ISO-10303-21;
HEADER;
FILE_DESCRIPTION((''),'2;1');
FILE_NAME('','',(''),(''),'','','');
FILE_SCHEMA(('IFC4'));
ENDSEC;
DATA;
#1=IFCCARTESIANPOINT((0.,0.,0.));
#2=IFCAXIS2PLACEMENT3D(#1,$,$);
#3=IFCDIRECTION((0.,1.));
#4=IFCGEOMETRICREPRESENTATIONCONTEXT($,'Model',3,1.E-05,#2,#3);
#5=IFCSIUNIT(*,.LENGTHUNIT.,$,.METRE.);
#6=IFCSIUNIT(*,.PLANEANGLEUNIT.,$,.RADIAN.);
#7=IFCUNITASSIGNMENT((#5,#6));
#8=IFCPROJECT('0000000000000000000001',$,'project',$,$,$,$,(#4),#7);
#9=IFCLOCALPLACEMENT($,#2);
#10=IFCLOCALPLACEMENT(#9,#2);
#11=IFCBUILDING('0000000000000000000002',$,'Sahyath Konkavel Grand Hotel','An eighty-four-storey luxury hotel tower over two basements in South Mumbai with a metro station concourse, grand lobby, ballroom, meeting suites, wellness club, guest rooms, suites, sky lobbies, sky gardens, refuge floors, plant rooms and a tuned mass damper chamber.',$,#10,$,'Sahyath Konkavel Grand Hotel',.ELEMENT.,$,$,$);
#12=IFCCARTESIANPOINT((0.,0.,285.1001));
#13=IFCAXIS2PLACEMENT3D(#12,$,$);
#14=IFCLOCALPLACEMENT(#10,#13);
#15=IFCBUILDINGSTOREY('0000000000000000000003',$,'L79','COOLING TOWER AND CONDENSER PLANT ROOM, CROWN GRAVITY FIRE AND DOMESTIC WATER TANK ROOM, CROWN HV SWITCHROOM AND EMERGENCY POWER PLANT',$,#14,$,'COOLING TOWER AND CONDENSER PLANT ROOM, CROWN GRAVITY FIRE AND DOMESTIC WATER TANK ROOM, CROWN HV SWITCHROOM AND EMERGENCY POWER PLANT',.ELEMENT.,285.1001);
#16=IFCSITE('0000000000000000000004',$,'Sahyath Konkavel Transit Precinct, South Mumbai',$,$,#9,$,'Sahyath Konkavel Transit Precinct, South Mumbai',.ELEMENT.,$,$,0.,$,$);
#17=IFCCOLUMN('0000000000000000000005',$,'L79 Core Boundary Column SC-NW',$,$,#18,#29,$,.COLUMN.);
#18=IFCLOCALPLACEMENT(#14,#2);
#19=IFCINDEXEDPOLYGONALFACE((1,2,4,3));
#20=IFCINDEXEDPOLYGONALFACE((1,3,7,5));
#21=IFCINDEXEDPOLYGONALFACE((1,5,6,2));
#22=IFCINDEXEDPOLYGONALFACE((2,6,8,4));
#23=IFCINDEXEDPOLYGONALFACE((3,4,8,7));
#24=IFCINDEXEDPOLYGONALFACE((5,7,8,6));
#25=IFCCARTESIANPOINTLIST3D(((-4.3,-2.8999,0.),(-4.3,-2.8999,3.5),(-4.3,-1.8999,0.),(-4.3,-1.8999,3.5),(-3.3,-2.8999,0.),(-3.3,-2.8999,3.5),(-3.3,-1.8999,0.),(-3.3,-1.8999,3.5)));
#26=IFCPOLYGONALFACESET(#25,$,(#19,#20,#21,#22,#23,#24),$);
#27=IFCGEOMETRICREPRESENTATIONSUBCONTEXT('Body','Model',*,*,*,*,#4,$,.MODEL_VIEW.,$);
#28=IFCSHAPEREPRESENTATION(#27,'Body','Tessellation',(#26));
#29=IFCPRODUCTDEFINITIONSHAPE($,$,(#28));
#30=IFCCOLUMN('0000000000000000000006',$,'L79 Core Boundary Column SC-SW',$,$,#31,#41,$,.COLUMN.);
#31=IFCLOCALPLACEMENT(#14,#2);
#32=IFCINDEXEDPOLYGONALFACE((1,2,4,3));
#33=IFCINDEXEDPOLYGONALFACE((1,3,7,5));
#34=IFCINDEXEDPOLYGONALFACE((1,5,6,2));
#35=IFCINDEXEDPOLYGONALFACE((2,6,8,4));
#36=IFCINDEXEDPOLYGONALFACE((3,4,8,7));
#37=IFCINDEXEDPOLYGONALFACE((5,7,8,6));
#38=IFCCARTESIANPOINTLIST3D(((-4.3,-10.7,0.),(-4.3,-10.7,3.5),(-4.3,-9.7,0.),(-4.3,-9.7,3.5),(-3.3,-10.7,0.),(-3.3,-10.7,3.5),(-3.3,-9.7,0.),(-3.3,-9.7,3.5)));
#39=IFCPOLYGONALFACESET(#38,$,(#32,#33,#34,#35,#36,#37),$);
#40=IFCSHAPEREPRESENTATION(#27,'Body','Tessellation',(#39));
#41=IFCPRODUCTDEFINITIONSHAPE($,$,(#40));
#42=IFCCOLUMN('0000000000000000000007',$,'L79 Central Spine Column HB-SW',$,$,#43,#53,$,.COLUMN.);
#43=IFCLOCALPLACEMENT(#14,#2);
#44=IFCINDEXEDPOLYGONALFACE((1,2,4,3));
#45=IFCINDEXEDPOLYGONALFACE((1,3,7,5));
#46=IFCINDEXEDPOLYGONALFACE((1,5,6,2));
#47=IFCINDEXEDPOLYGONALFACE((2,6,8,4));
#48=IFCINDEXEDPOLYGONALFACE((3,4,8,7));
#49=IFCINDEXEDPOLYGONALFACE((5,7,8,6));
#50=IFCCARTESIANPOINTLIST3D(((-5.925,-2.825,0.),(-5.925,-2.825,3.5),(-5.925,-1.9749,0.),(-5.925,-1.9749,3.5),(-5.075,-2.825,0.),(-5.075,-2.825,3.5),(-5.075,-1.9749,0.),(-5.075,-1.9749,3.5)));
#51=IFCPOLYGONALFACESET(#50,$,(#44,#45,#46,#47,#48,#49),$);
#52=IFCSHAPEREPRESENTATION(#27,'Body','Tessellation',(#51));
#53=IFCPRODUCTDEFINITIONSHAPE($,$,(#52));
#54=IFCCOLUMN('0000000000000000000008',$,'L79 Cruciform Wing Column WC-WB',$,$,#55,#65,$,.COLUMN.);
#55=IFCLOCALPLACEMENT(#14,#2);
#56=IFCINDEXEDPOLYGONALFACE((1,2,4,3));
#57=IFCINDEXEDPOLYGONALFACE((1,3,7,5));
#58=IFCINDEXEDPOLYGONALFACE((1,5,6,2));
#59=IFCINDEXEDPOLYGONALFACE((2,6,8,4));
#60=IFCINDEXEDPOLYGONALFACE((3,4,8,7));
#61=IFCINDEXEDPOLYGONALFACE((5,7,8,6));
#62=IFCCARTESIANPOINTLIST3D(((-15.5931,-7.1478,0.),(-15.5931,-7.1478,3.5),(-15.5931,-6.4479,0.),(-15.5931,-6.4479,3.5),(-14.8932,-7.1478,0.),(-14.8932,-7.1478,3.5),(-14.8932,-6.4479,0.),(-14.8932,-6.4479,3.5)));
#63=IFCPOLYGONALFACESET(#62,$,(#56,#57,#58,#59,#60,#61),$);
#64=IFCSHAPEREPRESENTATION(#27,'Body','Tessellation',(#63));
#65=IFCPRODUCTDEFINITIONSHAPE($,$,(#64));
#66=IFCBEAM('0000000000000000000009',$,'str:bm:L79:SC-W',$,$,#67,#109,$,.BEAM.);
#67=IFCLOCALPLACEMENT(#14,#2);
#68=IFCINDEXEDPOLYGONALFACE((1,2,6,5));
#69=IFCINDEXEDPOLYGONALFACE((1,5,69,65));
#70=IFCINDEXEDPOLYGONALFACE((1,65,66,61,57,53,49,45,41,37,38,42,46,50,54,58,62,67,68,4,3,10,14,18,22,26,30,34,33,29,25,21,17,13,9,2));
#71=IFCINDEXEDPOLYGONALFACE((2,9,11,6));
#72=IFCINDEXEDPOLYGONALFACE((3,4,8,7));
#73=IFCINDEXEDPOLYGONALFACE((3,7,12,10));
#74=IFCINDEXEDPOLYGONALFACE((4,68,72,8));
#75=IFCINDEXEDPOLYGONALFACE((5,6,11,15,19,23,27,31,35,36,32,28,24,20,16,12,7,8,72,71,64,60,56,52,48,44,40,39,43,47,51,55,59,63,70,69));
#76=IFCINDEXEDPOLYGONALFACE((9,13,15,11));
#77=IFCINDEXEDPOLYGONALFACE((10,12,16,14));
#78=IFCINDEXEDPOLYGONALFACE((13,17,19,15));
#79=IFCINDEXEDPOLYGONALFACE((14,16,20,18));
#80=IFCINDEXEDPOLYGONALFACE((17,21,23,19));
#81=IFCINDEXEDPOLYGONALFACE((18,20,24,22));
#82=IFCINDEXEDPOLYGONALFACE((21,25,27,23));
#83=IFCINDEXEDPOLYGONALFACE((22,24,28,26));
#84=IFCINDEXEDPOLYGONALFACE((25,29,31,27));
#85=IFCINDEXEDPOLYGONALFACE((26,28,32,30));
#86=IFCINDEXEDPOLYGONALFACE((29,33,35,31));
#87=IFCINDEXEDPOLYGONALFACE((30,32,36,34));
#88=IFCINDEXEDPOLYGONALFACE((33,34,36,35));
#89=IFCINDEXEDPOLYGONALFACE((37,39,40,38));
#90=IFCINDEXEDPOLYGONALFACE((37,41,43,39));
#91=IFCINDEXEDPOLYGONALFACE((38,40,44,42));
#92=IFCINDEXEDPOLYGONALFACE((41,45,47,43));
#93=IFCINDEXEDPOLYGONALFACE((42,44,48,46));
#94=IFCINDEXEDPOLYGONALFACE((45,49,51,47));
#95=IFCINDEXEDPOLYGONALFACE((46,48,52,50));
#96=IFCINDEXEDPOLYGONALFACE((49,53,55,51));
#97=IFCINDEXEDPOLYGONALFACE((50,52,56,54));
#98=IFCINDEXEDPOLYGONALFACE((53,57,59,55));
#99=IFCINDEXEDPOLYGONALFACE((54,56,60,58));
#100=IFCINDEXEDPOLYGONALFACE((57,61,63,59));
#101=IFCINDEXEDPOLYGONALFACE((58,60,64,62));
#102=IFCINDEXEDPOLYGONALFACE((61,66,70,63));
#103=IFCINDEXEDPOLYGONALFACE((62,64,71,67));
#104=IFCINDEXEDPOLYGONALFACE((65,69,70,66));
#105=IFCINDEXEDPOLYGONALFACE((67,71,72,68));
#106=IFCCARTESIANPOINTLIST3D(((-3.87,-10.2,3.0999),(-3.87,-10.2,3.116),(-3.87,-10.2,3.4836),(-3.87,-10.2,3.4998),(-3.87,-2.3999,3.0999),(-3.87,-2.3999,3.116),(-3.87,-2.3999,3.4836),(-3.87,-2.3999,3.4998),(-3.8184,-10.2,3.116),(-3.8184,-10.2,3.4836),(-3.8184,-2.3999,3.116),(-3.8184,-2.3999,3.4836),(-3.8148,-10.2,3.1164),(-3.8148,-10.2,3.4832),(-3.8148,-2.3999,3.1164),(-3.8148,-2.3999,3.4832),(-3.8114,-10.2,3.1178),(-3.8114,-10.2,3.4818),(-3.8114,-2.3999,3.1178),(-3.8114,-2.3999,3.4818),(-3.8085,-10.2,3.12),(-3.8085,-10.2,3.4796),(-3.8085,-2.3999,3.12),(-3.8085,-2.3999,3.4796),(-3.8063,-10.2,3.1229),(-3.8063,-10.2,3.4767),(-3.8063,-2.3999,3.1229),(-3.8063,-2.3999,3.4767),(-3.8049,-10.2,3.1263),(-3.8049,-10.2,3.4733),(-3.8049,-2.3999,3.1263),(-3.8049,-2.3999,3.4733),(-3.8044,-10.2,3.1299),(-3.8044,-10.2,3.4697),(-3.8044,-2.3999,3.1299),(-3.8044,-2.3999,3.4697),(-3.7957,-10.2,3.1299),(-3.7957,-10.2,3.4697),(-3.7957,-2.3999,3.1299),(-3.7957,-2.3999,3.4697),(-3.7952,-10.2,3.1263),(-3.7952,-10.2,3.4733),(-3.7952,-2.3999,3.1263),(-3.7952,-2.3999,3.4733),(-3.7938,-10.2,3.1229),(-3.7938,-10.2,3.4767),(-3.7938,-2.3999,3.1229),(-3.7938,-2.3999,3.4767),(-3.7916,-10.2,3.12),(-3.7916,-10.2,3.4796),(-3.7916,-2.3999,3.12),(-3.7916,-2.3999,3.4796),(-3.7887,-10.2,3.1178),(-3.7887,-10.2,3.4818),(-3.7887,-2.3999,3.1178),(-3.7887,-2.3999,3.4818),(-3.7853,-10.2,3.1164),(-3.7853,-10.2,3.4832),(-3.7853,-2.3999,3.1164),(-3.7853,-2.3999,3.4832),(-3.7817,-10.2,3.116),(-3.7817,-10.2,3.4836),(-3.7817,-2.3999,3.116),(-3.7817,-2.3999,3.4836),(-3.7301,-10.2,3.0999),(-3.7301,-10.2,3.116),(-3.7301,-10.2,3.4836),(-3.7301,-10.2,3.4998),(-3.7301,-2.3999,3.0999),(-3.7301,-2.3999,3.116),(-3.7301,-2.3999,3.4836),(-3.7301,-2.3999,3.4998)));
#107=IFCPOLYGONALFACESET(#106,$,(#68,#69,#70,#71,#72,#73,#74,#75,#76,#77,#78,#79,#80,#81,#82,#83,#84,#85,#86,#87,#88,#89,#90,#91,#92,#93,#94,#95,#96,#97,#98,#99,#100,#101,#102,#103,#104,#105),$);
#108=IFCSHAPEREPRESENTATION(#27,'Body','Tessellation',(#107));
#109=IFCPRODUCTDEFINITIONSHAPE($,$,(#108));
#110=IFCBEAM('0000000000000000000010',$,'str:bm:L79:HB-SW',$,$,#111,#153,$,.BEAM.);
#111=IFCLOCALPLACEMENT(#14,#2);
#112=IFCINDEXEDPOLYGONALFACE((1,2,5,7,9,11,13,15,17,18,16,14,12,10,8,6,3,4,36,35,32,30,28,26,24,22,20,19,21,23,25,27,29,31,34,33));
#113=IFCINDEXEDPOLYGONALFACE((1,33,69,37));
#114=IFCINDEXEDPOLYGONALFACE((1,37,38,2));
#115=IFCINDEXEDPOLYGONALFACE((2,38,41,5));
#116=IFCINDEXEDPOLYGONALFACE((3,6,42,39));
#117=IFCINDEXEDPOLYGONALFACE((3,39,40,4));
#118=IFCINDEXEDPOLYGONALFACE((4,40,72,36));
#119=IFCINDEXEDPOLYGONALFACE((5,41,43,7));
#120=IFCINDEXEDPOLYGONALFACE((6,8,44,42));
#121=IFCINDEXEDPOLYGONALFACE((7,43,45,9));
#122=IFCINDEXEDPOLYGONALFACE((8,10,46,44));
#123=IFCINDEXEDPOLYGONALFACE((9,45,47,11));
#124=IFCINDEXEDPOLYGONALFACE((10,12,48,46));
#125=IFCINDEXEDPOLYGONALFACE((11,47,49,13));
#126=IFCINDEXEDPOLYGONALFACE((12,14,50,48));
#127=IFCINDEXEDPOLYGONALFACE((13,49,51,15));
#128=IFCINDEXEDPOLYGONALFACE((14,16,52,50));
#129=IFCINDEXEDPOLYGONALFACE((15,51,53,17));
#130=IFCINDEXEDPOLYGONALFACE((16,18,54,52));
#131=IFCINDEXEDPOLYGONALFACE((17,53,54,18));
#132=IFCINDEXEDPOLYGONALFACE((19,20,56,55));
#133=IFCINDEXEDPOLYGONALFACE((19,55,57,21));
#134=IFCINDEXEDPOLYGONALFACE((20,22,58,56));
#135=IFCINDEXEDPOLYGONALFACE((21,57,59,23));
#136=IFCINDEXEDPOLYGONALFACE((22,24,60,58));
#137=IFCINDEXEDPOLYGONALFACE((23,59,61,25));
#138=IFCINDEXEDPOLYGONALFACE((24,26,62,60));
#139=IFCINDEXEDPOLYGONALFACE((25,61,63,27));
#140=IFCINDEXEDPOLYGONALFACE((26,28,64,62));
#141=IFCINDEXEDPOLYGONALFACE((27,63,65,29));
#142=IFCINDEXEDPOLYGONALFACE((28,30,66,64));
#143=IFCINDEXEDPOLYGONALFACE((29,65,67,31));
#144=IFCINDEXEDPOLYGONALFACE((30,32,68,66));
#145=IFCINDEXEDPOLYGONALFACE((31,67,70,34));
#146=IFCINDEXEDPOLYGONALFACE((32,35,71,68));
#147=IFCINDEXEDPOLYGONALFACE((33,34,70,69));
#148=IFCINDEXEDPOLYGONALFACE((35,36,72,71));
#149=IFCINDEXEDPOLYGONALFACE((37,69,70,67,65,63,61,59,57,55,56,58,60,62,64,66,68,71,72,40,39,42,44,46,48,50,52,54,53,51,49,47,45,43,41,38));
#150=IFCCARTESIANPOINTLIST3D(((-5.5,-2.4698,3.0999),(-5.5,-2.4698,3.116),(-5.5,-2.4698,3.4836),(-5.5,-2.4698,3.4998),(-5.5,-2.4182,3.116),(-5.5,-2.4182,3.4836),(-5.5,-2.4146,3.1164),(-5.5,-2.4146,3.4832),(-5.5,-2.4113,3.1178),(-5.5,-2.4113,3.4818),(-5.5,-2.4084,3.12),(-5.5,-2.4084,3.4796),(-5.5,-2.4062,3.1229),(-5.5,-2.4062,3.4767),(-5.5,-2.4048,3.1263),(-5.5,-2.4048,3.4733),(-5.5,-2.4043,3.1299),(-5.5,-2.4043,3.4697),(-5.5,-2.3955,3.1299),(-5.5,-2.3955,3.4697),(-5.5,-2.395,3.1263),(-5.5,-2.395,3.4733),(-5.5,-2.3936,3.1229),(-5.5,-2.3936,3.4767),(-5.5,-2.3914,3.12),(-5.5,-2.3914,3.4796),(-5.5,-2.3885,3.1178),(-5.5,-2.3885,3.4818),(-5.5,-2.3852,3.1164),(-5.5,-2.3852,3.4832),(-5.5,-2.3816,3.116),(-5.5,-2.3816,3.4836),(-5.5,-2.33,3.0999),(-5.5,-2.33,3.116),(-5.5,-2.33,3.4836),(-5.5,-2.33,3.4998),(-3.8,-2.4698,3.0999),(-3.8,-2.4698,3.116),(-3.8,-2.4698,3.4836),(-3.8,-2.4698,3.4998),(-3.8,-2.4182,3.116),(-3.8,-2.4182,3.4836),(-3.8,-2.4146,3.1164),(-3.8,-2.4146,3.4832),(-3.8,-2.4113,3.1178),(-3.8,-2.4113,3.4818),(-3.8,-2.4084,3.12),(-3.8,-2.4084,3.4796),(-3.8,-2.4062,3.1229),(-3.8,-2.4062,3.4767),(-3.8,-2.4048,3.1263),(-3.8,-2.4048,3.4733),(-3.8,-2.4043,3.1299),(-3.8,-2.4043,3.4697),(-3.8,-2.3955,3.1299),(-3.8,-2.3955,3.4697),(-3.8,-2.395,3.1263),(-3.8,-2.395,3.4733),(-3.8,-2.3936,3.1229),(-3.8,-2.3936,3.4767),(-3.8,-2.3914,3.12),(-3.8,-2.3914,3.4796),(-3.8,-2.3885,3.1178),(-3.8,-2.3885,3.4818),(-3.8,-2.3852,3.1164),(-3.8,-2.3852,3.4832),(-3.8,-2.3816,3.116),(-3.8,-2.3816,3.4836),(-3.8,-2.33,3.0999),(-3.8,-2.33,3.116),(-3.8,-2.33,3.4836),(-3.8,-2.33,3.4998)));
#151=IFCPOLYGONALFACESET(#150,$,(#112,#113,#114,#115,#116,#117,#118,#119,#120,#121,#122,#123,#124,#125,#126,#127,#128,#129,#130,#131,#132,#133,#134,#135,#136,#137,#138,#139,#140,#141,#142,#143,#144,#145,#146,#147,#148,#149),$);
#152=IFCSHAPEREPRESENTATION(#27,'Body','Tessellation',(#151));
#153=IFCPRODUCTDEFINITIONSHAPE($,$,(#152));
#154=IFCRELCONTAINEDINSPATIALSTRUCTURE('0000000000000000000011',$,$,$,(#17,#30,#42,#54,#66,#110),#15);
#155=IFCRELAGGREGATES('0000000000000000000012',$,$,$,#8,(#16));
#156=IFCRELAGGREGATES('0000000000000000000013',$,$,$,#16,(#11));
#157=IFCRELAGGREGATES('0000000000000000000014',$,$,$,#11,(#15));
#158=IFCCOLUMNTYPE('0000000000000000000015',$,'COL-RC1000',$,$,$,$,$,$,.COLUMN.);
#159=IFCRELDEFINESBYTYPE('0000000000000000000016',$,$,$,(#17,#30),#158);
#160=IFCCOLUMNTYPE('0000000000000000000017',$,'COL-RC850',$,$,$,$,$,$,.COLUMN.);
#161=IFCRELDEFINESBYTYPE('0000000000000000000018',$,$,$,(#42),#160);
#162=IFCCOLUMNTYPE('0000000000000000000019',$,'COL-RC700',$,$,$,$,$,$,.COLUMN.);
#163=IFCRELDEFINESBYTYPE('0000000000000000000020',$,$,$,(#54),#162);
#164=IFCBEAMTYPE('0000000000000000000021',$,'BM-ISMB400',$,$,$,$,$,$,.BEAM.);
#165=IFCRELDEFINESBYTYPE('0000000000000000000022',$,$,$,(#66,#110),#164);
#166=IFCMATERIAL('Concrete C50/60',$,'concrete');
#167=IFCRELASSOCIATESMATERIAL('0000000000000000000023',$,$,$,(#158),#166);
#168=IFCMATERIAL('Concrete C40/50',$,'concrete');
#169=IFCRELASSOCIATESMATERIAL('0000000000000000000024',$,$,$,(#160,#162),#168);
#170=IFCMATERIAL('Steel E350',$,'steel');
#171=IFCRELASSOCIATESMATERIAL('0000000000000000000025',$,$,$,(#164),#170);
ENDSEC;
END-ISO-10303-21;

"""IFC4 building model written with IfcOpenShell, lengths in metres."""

from ifc_helpers import new_model, si_unit, direction, frame, origin, origin_2d, place, context, subcontext, project, spatial, rectangle, i_section, extrude, source, transform, mapped, material, material_profile, profile_set, type_object, element, save


model = new_model("IFC4")

# Units and contexts
model_context = context("Model", 3, precision=1e-05, world=origin(), true_north=direction((0.0, 1.0)))
body_context = subcontext(model_context, "Body", "Model", "MODEL_VIEW")
ifc_project = project(units=[si_unit("LENGTHUNIT", "METRE"), si_unit("PLANEANGLEUNIT", "RADIAN")], contexts=[model_context])

# Site, building, storey
site_placement = place(None, origin())
site = spatial("IfcSite", under=ifc_project, at=site_placement, Name="Sahyath Konkavel Transit Precinct, South Mumbai", LongName="Sahyath Konkavel Transit Precinct, South Mumbai", CompositionType="ELEMENT", RefElevation=0.0)
building_placement = place(site_placement, origin())
building = spatial("IfcBuilding", under=site, at=building_placement, Name="Sahyath Konkavel Grand Hotel", Description="An eighty-four-storey luxury hotel tower over two basements in South Mumbai with a metro station concourse, grand lobby, ballroom, meeting suites, wellness club, guest rooms, suites, sky lobbies, sky gardens, refuge floors, plant rooms and a tuned mass damper chamber.", LongName="Sahyath Konkavel Grand Hotel", CompositionType="ELEMENT")
storey_placement = place(building_placement, frame((0.0, 0.0, 285.1001)))
storey = spatial("IfcBuildingStorey", under=building, at=storey_placement, Name="L79", Description="COOLING TOWER AND CONDENSER PLANT ROOM, CROWN GRAVITY FIRE AND DOMESTIC WATER TANK ROOM, CROWN HV SWITCHROOM AND EMERGENCY POWER PLANT", LongName="COOLING TOWER AND CONDENSER PLANT ROOM, CROWN GRAVITY FIRE AND DOMESTIC WATER TANK ROOM, CROWN HV SWITCHROOM AND EMERGENCY POWER PLANT", CompositionType="ELEMENT", Elevation=285.1001)

# Columns
ifc_material_1 = material(Name="Concrete C50/60", Category="concrete")
ifc_material_profile_1 = material_profile(ifc_material_1, rectangle(XDim=1.0, YDim=1.0, at=origin_2d()), Name="RC 1000x1000")
ifc_profile_set_1 = profile_set([ifc_material_profile_1], Name="Concrete C50/60")
column_type_1 = type_object("IfcColumnType", Name="COL-RC1000", PredefinedType="COLUMN", material=ifc_profile_set_1)
shared_shape_1 = source(origin(), body_context, "Body", "SweptSolid", [
    extrude(rectangle(XDim=1.0, YDim=1.0, at=origin_2d()), origin(), (0.0, 0.0, 1.0), 3.5),
])
for number, where, z_axis, x_axis, name in (
    (1, (-3.8, -2.3999, 0.0), (0.0, 0.0, 1.0), (1.0, 0.0, 0.0), "L79 Core Boundary Column SC-NW"),
    (2, (-3.8, -10.2, 0.0), (0.0, 0.0, 1.0), (1.0, 0.0, 0.0), "L79 Core Boundary Column SC-SW"),
):
    element("IfcColumn", number, at=place(storey_placement, frame(where, z_axis=z_axis, x_axis=x_axis)), inside=storey, type_object=column_type_1, Name=name, PredefinedType="COLUMN", context=body_context, shape_type="MappedRepresentation", body=[
        mapped(shared_shape_1, transform((0.0, 0.0, 0.0), scale=1.0)),
    ])
ifc_material_2 = material(Name="Concrete C40/50", Category="concrete")
ifc_material_profile_2 = material_profile(ifc_material_2, rectangle(XDim=0.8501, YDim=0.8501, at=origin_2d()), Name="RC 850x850")
ifc_profile_set_2 = profile_set([ifc_material_profile_2], Name="Concrete C40/50")
column_type_2 = type_object("IfcColumnType", Name="COL-RC850", PredefinedType="COLUMN", material=ifc_profile_set_2)
shared_shape_2 = source(origin(), body_context, "Body", "SweptSolid", [
    extrude(rectangle(XDim=0.8501, YDim=0.8501, at=origin_2d()), origin(), (0.0, 0.0, 1.0), 3.5),
])
column_1_placement = place(storey_placement, frame((-5.5, -2.3999, 0.0), z_axis=(0.0, 0.0, 1.0), x_axis=(1.0, 0.0, 0.0)))
element("IfcColumn", 3, at=column_1_placement, inside=storey, type_object=column_type_2, Name="L79 Central Spine Column HB-SW", PredefinedType="COLUMN", context=body_context, shape_type="MappedRepresentation", body=[
    mapped(shared_shape_2, transform((0.0, 0.0, 0.0), scale=1.0)),
])
ifc_material_profile_3 = material_profile(ifc_material_2, rectangle(XDim=0.7, YDim=0.7, at=origin_2d()), Name="RC 700x700")
ifc_profile_set_3 = profile_set([ifc_material_profile_3], Name="Concrete C40/50")
column_type_3 = type_object("IfcColumnType", Name="COL-RC700", PredefinedType="COLUMN", material=ifc_profile_set_3)
shared_shape_3 = source(origin(), body_context, "Body", "SweptSolid", [
    extrude(rectangle(XDim=0.7, YDim=0.7, at=origin_2d()), origin(), (0.0, 0.0, 1.0), 3.5),
])
column_2_placement = place(storey_placement, frame((-15.2432, -6.7979, 0.0), z_axis=(0.0, 0.0, 1.0), x_axis=(1.0, 0.0, 0.0)))
element("IfcColumn", 4, at=column_2_placement, inside=storey, type_object=column_type_3, Name="L79 Cruciform Wing Column WC-WB", PredefinedType="COLUMN", context=body_context, shape_type="MappedRepresentation", body=[
    mapped(shared_shape_3, transform((0.0, 0.0, 0.0), scale=1.0)),
])

# Beams
ifc_material_3 = material(Name="Steel E350", Category="steel")
ifc_material_profile_4 = material_profile(ifc_material_3, i_section(OverallWidth=0.1399, OverallDepth=0.3999, WebThickness=0.0088, FlangeThickness=0.0161, FilletRadius=0.0139, at=origin_2d()), Name="ISMB 400")
ifc_profile_set_4 = profile_set([ifc_material_profile_4], Name="Steel E350")
beam_type_1 = type_object("IfcBeamType", Name="BM-ISMB400", PredefinedType="BEAM", material=ifc_profile_set_4)
shared_shape_4 = source(origin(), body_context, "Body", "SweptSolid", [
    extrude(i_section(OverallWidth=0.1399, OverallDepth=0.3999, WebThickness=0.0088, FlangeThickness=0.0161, FilletRadius=0.0139, at=origin_2d()), origin(), (0.0, 0.0, 1.0), 7.8),
])
beam_1_placement = place(storey_placement, frame((-3.8, -10.2, 3.2998), z_axis=(0.0, 1.0, 0.0), x_axis=(-1.0, 0.0, 0.0)))
element("IfcBeam", 5, at=beam_1_placement, inside=storey, type_object=beam_type_1, Name="str:bm:L79:SC-W", PredefinedType="BEAM", context=body_context, shape_type="MappedRepresentation", body=[
    mapped(shared_shape_4, transform((0.0, 0.0, 0.0), scale=1.0)),
])
shared_shape_5 = source(origin(), body_context, "Body", "SweptSolid", [
    extrude(i_section(OverallWidth=0.1399, OverallDepth=0.3999, WebThickness=0.0088, FlangeThickness=0.0161, FilletRadius=0.0139, at=origin_2d()), origin(), (0.0, 0.0, 1.0), 1.7),
])
beam_2_placement = place(storey_placement, frame((-5.5, -2.3999, 3.2998), z_axis=(1.0, 0.0, 0.0), x_axis=(0.0, 1.0, 0.0)))
element("IfcBeam", 6, at=beam_2_placement, inside=storey, type_object=beam_type_1, Name="str:bm:L79:HB-SW", PredefinedType="BEAM", context=body_context, shape_type="MappedRepresentation", body=[
    mapped(shared_shape_5, transform((0.0, 0.0, 0.0), scale=1.0)),
])

save(model, "model.ifc")
